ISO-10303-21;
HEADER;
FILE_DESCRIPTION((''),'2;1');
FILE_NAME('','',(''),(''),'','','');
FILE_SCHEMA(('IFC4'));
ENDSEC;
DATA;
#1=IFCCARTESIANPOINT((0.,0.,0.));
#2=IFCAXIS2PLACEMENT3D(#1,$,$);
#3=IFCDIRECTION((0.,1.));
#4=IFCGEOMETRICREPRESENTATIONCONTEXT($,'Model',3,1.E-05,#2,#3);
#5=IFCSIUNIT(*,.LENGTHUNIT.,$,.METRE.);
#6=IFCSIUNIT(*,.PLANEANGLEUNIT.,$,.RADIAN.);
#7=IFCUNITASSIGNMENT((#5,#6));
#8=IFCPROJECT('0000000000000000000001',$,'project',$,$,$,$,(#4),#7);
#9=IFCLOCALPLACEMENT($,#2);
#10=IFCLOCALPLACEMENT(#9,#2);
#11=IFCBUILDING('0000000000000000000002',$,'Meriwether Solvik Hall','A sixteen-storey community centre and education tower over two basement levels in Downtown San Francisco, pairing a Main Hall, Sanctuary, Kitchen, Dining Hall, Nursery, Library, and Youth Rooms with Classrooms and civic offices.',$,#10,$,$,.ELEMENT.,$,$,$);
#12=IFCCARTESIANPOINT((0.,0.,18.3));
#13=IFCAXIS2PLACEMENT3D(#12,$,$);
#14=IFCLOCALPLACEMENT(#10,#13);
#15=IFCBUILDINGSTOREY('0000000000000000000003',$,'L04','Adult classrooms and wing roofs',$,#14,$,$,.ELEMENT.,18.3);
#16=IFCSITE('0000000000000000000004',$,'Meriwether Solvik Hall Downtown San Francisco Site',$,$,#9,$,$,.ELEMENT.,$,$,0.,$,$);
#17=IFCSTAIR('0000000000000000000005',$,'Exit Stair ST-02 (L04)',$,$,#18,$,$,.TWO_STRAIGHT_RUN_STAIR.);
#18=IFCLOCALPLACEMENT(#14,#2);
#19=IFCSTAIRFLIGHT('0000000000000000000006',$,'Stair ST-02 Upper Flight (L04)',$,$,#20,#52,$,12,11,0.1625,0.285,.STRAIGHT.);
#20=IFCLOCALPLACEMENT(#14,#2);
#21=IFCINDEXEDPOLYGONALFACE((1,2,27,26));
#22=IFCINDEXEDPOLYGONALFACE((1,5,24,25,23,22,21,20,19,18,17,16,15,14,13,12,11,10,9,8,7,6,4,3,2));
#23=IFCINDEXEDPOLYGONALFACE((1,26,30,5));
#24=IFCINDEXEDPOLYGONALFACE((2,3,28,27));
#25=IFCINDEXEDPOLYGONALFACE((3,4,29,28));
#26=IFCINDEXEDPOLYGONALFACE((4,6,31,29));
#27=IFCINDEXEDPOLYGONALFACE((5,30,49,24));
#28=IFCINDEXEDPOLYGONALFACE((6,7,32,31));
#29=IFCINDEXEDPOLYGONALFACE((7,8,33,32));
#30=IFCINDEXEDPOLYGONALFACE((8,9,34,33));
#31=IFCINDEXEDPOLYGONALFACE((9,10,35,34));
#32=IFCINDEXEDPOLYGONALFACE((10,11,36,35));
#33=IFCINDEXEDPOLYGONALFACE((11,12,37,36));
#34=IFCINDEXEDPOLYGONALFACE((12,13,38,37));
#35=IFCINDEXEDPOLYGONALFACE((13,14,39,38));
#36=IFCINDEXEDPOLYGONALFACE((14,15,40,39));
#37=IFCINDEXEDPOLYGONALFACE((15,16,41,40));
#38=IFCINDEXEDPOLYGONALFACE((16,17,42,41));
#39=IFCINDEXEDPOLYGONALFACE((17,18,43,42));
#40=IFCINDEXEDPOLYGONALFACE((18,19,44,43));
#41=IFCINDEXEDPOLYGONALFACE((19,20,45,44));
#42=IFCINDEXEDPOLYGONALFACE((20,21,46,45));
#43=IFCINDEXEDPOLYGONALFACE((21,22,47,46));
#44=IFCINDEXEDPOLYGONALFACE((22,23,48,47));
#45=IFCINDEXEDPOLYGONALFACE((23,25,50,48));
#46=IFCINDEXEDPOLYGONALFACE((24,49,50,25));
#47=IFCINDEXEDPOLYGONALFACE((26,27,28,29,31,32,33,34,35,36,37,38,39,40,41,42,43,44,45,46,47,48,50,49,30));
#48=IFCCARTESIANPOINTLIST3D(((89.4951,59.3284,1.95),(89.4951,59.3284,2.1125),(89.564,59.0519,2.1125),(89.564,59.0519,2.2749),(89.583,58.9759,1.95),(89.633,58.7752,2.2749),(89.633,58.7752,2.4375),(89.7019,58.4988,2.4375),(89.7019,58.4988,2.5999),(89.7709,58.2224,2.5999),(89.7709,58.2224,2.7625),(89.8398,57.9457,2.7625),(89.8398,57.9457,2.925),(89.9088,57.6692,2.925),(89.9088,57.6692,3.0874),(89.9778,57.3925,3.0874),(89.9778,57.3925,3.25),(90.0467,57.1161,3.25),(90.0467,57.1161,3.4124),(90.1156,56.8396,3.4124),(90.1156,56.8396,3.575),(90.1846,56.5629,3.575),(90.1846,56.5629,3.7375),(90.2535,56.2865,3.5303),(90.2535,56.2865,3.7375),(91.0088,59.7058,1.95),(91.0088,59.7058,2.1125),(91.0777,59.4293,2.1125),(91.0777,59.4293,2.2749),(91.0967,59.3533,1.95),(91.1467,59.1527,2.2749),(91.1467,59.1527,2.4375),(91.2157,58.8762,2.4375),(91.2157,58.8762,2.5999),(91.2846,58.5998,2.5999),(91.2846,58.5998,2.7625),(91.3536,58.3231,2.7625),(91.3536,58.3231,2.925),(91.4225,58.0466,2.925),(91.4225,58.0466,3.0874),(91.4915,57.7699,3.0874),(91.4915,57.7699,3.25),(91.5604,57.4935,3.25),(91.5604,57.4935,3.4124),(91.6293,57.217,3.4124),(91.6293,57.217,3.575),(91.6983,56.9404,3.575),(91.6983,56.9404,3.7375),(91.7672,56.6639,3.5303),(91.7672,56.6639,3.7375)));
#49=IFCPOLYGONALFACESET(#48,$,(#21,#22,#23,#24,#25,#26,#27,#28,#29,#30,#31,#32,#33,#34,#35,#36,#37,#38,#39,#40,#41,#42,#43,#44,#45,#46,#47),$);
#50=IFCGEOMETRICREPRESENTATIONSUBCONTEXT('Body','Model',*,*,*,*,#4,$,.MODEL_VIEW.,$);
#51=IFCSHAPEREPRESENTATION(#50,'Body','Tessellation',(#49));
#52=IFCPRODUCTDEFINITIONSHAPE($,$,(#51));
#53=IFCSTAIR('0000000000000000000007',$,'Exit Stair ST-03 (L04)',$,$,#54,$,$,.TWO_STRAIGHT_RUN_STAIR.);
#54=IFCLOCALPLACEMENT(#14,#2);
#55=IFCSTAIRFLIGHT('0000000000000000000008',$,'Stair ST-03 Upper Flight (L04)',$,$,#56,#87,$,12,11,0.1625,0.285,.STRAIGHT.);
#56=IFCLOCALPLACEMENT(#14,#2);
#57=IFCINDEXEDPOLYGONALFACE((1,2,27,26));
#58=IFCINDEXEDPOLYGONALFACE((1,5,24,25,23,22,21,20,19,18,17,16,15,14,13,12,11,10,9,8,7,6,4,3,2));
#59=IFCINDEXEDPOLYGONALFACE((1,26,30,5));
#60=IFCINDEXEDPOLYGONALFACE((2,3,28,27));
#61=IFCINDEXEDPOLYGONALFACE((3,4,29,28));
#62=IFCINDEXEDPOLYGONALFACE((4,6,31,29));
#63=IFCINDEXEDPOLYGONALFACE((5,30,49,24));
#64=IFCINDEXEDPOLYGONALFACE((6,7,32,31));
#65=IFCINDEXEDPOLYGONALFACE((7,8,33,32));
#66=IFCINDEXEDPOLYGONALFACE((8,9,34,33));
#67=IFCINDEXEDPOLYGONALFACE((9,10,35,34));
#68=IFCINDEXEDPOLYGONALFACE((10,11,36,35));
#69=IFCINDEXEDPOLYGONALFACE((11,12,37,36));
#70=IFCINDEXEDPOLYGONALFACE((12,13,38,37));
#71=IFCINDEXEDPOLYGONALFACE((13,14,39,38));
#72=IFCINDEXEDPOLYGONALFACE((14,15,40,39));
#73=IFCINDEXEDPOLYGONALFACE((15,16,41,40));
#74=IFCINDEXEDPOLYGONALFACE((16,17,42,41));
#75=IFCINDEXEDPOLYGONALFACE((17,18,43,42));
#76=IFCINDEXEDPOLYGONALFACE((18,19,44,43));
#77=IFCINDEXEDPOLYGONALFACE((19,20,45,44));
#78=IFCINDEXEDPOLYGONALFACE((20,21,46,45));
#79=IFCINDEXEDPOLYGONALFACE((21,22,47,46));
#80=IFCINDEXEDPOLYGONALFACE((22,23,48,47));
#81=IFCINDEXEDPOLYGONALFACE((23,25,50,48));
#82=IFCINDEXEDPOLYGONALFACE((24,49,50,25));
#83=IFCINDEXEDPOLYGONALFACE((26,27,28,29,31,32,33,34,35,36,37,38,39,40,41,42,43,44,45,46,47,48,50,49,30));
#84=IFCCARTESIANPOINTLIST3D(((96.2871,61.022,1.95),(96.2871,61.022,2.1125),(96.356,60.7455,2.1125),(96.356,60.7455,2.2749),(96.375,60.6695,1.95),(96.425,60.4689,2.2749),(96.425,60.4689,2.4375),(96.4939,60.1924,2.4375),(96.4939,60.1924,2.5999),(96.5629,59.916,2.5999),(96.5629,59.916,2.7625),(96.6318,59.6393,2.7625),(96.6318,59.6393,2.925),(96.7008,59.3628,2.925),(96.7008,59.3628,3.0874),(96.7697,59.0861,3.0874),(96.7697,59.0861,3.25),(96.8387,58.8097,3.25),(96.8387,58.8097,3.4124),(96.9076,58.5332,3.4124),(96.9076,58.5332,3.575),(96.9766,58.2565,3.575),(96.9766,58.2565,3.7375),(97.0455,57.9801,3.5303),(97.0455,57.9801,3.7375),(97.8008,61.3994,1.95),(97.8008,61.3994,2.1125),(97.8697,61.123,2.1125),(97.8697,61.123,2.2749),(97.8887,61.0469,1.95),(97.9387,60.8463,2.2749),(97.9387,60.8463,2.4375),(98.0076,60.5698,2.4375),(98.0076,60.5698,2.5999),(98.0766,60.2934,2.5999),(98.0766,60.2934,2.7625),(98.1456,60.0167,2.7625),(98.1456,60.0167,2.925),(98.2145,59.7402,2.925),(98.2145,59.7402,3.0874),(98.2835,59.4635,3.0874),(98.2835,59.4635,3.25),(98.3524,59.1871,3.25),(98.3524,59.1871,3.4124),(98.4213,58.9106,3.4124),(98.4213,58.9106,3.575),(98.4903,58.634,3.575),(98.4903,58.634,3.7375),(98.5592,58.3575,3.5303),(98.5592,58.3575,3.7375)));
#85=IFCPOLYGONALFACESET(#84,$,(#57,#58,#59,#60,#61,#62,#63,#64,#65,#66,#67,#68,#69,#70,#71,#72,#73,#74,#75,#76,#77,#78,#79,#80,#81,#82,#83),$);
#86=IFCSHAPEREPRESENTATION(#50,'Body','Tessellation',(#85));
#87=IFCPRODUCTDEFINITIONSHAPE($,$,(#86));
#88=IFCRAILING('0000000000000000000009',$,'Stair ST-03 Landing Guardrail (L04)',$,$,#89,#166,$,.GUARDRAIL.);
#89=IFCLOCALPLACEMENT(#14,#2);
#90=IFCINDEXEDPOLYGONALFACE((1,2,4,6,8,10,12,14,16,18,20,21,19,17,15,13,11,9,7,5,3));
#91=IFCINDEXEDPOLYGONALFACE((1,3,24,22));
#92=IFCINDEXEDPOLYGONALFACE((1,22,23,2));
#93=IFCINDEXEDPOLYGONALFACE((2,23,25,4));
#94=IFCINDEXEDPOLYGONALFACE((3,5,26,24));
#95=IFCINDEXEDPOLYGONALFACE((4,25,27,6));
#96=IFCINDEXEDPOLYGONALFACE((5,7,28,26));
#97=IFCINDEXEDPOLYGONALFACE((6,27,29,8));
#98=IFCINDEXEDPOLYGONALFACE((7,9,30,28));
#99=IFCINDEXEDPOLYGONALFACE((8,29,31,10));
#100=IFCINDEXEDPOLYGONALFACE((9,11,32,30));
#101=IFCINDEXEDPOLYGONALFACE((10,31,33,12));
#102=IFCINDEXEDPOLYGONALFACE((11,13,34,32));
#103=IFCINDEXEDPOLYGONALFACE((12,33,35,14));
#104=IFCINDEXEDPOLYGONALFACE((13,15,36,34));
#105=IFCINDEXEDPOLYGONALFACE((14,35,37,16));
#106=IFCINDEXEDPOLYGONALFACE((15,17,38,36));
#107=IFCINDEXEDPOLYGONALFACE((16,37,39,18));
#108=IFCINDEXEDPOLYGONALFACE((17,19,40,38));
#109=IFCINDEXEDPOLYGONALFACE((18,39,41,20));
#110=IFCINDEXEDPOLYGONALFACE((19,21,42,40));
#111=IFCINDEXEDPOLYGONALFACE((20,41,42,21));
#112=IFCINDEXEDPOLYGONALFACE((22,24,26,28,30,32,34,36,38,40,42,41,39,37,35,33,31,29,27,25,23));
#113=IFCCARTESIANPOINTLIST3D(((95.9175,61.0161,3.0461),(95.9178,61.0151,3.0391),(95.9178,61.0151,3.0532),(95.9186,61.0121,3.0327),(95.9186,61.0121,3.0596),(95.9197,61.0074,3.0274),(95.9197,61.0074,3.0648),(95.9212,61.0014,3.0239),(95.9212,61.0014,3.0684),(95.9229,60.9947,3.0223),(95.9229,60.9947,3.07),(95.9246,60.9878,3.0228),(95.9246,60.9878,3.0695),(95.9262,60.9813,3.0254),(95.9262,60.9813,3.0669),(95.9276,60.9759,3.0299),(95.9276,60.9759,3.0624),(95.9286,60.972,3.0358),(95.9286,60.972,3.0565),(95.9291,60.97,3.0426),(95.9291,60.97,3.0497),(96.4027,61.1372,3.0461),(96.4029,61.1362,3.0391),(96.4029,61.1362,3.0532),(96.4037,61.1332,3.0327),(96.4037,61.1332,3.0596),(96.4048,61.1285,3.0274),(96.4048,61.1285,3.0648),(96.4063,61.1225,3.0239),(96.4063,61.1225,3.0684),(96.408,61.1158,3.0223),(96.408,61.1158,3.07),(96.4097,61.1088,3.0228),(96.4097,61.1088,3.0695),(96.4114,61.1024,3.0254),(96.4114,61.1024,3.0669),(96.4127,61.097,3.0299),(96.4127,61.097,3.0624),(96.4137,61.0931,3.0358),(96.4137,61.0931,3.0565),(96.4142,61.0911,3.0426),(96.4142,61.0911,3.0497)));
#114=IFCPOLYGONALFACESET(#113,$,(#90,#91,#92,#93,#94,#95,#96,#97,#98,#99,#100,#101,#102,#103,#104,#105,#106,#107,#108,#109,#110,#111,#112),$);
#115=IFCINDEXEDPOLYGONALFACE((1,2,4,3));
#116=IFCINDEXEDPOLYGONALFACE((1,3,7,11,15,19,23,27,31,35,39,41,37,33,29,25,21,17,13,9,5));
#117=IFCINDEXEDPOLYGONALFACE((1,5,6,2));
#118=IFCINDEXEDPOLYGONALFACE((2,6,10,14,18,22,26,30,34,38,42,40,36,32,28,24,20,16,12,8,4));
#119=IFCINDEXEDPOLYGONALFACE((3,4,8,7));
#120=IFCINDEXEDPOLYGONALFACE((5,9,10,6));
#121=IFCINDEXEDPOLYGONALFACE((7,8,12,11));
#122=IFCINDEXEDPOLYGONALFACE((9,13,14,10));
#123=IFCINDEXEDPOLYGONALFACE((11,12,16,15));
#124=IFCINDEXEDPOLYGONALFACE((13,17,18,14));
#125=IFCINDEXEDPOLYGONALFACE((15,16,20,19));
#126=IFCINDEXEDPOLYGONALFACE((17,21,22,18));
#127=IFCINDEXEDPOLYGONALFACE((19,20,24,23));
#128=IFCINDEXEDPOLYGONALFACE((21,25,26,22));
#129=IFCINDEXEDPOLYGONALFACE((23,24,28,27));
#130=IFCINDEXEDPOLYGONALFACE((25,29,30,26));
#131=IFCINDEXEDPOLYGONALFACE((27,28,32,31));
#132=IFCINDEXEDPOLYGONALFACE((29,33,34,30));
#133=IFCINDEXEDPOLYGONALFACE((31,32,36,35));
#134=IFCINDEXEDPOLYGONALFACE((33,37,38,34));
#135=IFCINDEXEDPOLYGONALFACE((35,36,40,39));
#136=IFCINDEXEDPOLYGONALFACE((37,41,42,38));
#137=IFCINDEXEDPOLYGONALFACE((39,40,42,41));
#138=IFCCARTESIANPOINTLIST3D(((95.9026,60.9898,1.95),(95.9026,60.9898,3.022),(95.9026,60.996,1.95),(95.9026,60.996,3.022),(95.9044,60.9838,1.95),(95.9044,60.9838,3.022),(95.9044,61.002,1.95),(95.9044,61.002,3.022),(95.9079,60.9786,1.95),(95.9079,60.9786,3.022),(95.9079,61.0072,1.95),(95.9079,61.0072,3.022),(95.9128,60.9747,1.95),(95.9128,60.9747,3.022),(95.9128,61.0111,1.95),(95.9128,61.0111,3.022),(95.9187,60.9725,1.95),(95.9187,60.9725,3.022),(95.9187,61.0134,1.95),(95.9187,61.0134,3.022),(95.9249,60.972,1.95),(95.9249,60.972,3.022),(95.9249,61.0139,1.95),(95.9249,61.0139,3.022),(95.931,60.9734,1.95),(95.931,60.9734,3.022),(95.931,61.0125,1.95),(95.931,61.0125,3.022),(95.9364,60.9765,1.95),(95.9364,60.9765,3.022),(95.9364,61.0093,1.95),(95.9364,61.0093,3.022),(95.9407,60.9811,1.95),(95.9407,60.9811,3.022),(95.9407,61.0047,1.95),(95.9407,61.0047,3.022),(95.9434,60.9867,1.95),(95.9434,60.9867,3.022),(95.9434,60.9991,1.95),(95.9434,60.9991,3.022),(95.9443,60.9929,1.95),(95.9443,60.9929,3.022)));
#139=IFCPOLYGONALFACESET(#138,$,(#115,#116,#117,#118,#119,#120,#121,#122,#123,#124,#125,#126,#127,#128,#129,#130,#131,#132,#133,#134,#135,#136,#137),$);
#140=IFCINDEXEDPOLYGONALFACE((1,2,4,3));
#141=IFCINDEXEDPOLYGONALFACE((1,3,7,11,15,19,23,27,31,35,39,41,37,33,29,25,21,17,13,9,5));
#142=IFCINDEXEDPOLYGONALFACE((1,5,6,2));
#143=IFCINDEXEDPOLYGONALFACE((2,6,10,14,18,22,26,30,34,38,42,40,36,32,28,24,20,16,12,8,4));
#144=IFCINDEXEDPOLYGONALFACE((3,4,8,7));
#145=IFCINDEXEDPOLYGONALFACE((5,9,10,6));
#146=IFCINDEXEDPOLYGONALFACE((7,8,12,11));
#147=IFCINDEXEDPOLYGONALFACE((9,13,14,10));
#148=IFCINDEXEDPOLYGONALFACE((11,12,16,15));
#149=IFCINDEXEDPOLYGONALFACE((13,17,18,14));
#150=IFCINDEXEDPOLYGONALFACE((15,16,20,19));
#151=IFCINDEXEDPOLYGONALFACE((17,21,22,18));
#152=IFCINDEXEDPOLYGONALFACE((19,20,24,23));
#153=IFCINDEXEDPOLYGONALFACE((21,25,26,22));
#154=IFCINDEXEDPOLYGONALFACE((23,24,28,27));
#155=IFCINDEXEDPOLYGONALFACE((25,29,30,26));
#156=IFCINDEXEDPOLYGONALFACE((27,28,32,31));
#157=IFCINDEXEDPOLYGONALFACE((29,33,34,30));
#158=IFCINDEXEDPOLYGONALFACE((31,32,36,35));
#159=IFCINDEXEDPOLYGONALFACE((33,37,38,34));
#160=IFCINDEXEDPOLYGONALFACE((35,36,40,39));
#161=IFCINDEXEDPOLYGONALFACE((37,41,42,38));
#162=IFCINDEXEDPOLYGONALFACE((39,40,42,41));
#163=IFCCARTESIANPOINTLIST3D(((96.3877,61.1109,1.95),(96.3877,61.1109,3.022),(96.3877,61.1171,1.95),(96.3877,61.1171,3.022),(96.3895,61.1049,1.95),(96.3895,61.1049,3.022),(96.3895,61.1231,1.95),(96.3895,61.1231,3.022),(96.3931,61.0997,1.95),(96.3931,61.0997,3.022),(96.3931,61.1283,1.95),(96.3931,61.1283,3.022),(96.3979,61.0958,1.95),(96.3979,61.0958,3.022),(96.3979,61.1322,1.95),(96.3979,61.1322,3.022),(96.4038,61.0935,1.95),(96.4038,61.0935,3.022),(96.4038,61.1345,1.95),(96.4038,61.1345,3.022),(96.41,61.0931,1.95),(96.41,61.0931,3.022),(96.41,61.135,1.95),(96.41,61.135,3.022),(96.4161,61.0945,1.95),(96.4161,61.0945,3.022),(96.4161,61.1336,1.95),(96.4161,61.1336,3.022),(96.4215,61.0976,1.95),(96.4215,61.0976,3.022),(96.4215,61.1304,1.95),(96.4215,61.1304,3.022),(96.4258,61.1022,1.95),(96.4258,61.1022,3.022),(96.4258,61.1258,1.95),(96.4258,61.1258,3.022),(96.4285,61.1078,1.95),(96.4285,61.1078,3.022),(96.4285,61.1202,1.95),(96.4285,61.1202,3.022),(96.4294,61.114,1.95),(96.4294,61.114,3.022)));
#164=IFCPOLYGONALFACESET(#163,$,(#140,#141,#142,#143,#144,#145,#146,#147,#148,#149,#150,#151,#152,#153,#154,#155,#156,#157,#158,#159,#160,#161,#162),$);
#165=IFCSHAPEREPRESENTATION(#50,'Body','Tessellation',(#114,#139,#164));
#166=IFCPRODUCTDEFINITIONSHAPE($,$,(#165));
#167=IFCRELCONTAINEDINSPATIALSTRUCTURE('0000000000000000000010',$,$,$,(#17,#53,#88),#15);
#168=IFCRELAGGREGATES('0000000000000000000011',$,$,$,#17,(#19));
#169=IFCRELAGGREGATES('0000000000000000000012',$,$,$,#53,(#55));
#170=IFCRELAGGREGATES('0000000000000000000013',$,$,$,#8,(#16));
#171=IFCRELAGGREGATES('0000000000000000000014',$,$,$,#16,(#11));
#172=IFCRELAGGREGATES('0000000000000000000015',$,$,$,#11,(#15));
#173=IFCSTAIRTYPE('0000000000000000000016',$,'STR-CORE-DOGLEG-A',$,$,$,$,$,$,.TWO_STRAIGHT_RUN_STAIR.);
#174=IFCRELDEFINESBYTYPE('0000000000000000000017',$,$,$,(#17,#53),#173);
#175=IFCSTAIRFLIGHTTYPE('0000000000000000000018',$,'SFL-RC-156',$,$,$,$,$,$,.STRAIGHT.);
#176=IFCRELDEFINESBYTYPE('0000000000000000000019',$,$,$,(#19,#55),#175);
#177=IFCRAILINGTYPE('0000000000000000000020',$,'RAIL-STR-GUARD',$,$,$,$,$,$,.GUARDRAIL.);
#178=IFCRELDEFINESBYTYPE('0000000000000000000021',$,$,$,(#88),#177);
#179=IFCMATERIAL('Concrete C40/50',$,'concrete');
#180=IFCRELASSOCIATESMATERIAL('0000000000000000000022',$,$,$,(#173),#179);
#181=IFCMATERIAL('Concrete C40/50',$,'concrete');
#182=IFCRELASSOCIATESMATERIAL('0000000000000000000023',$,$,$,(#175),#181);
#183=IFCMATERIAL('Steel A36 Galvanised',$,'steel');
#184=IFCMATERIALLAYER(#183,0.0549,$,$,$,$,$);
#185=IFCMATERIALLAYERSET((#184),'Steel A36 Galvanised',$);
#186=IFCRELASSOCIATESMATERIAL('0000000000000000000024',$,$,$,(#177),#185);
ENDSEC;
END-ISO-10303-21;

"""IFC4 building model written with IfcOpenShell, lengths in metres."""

from ifc_helpers import new_model, si_unit, direction, frame, origin, origin_2d, place, context, subcontext, project, spatial, polyline, circle, outline, extrude, material, layer, layer_set, type_object, element, aggregate, save


model = new_model("IFC4")

# Units and contexts
model_context = context("Model", 3, precision=1e-05, world=origin(), true_north=direction((0.0, 1.0)))
body_context = subcontext(model_context, "Body", "Model", "MODEL_VIEW")
ifc_project = project(units=[si_unit("LENGTHUNIT", "METRE"), si_unit("PLANEANGLEUNIT", "RADIAN")], contexts=[model_context])

# Site, building, storey
site_placement = place(None, origin())
site = spatial("IfcSite", under=ifc_project, at=site_placement, Name="Meriwether Solvik Hall Downtown San Francisco Site", CompositionType="ELEMENT", RefElevation=0.0)
building_placement = place(site_placement, origin())
building = spatial("IfcBuilding", under=site, at=building_placement, Name="Meriwether Solvik Hall", Description="A sixteen-storey community centre and education tower over two basement levels in Downtown San Francisco, pairing a Main Hall, Sanctuary, Kitchen, Dining Hall, Nursery, Library, and Youth Rooms with Classrooms and civic offices.", CompositionType="ELEMENT")
storey_placement = place(building_placement, frame((0.0, 0.0, 18.3)))
storey = spatial("IfcBuildingStorey", under=building, at=storey_placement, Name="L04", Description="Adult classrooms and wing roofs", CompositionType="ELEMENT", Elevation=18.3)

# Stairs, stair flights
ifc_material_1 = material(Name="Concrete C40/50", Category="concrete")
stair_type = type_object("IfcStairType", Name="STR-CORE-DOGLEG-A", PredefinedType="TWO_STRAIGHT_RUN_STAIR", material=ifc_material_1)
stair_1_placement = place(storey_placement, origin())
stair_1 = element("IfcStair", 1, at=stair_1_placement, inside=storey, type_object=stair_type, Name="Exit Stair ST-02 (L04)", PredefinedType="TWO_STRAIGHT_RUN_STAIR")
ifc_material_2 = material(Name="Concrete C40/50", Category="concrete")
stair_flight_type = type_object("IfcStairFlightType", Name="SFL-RC-156", PredefinedType="STRAIGHT", material=ifc_material_2)
stair_flight_1_placement = place(storey_placement, frame((90.252, 59.5171, 1.95), z_axis=(0.0, 0.0, 1.0), x_axis=(0.241922, -0.970296, 0.0)))
stair_flight_1 = element("IfcStairFlight", 2, at=stair_flight_1_placement, type_object=stair_flight_type, Name="Stair ST-02 Upper Flight (L04)", NumberOfRisers=12, NumberOfTreads=11, PredefinedType="STRAIGHT", RiserHeight=0.1625, TreadLength=0.285, context=body_context, shape_type="SweptSolid", body=[
    extrude(outline(polyline([(0.0, 0.0), (0.0, 0.1626), (0.2849, 0.1626), (0.2849, 0.325), (0.5701, 0.325), (0.5701, 0.4875), (0.855, 0.4875), (0.855, 0.6499), (1.1399, 0.6499), (1.1399, 0.8125), (1.425, 0.8125), (1.425, 0.9751), (1.71, 0.9751), (1.71, 1.1375), (1.9951, 1.1375), (1.9951, 1.3), (2.28, 1.3), (2.28, 1.4624), (2.5649, 1.4624), (2.5649, 1.625), (2.8501, 1.625), (2.8501, 1.7876), (3.135, 1.7876), (3.135, 1.95), (3.135, 1.5803), (0.3633, 0.0), (0.0, 0.0)])), frame((0.0, 0.78, 0.0), z_axis=(0.0, -1.0, 0.0), x_axis=(1.0, 0.0, 0.0)), (0.0, 0.0, 1.0), 1.5601),
])
aggregate(stair_1, [stair_flight_1])
stair_2_placement = place(storey_placement, origin())
stair_2 = element("IfcStair", 3, at=stair_2_placement, inside=storey, type_object=stair_type, Name="Exit Stair ST-03 (L04)", PredefinedType="TWO_STRAIGHT_RUN_STAIR")
stair_flight_2_placement = place(storey_placement, frame((97.0439, 61.2107, 1.95), z_axis=(0.0, 0.0, 1.0), x_axis=(0.241922, -0.970296, 0.0)))
stair_flight_2 = element("IfcStairFlight", 4, at=stair_flight_2_placement, type_object=stair_flight_type, Name="Stair ST-03 Upper Flight (L04)", NumberOfRisers=12, NumberOfTreads=11, PredefinedType="STRAIGHT", RiserHeight=0.1625, TreadLength=0.285, context=body_context, shape_type="SweptSolid", body=[
    extrude(outline(polyline([(0.0, 0.0), (0.0, 0.1626), (0.2849, 0.1626), (0.2849, 0.325), (0.5701, 0.325), (0.5701, 0.4875), (0.855, 0.4875), (0.855, 0.6499), (1.1399, 0.6499), (1.1399, 0.8125), (1.425, 0.8125), (1.425, 0.9751), (1.71, 0.9751), (1.71, 1.1375), (1.9951, 1.1375), (1.9951, 1.3), (2.28, 1.3), (2.28, 1.4624), (2.5649, 1.4624), (2.5649, 1.625), (2.8501, 1.625), (2.8501, 1.7876), (3.135, 1.7876), (3.135, 1.95), (3.135, 1.5803), (0.3633, 0.0), (0.0, 0.0)])), frame((0.0, 0.78, 0.0), z_axis=(0.0, -1.0, 0.0), x_axis=(1.0, 0.0, 0.0)), (0.0, 0.0, 1.0), 1.5601),
])
aggregate(stair_2, [stair_flight_2])

# Railing
ifc_material_3 = material(Name="Steel A36 Galvanised", Category="steel")
ifc_layer_1 = layer(ifc_material_3, 0.0549)
ifc_layer_set_1 = layer_set([ifc_layer_1], Name="Steel A36 Galvanised")
railing_type_1 = type_object("IfcRailingType", Name="RAIL-STR-GUARD", PredefinedType="GUARDRAIL", material=ifc_layer_set_1)
railing_1_placement = place(storey_placement, frame((95.9233, 60.9929, 1.95)))
element("IfcRailing", 5, at=railing_1_placement, inside=storey, type_object=railing_type_1, Name="Stair ST-03 Landing Guardrail (L04)", PredefinedType="GUARDRAIL", context=body_context, shape_type="SweptSolid", body=[
    extrude(circle(Radius=0.0239, at=origin_2d()), frame((0.0, 0.0, 1.0962), z_axis=(0.970229, 0.242191, 0.0), x_axis=(-0.242191, 0.970229, 0.0)), (0.0, 0.0, 1.0), 0.5),
    extrude(circle(Radius=0.021, at=origin_2d()), origin(), (0.0, 0.0, 1.0), 1.072),
    extrude(circle(Radius=0.021, at=origin_2d()), frame((0.4851, 0.1211, 0.0)), (0.0, 0.0, 1.0), 1.072),
])

save(model, "model.ifc")
